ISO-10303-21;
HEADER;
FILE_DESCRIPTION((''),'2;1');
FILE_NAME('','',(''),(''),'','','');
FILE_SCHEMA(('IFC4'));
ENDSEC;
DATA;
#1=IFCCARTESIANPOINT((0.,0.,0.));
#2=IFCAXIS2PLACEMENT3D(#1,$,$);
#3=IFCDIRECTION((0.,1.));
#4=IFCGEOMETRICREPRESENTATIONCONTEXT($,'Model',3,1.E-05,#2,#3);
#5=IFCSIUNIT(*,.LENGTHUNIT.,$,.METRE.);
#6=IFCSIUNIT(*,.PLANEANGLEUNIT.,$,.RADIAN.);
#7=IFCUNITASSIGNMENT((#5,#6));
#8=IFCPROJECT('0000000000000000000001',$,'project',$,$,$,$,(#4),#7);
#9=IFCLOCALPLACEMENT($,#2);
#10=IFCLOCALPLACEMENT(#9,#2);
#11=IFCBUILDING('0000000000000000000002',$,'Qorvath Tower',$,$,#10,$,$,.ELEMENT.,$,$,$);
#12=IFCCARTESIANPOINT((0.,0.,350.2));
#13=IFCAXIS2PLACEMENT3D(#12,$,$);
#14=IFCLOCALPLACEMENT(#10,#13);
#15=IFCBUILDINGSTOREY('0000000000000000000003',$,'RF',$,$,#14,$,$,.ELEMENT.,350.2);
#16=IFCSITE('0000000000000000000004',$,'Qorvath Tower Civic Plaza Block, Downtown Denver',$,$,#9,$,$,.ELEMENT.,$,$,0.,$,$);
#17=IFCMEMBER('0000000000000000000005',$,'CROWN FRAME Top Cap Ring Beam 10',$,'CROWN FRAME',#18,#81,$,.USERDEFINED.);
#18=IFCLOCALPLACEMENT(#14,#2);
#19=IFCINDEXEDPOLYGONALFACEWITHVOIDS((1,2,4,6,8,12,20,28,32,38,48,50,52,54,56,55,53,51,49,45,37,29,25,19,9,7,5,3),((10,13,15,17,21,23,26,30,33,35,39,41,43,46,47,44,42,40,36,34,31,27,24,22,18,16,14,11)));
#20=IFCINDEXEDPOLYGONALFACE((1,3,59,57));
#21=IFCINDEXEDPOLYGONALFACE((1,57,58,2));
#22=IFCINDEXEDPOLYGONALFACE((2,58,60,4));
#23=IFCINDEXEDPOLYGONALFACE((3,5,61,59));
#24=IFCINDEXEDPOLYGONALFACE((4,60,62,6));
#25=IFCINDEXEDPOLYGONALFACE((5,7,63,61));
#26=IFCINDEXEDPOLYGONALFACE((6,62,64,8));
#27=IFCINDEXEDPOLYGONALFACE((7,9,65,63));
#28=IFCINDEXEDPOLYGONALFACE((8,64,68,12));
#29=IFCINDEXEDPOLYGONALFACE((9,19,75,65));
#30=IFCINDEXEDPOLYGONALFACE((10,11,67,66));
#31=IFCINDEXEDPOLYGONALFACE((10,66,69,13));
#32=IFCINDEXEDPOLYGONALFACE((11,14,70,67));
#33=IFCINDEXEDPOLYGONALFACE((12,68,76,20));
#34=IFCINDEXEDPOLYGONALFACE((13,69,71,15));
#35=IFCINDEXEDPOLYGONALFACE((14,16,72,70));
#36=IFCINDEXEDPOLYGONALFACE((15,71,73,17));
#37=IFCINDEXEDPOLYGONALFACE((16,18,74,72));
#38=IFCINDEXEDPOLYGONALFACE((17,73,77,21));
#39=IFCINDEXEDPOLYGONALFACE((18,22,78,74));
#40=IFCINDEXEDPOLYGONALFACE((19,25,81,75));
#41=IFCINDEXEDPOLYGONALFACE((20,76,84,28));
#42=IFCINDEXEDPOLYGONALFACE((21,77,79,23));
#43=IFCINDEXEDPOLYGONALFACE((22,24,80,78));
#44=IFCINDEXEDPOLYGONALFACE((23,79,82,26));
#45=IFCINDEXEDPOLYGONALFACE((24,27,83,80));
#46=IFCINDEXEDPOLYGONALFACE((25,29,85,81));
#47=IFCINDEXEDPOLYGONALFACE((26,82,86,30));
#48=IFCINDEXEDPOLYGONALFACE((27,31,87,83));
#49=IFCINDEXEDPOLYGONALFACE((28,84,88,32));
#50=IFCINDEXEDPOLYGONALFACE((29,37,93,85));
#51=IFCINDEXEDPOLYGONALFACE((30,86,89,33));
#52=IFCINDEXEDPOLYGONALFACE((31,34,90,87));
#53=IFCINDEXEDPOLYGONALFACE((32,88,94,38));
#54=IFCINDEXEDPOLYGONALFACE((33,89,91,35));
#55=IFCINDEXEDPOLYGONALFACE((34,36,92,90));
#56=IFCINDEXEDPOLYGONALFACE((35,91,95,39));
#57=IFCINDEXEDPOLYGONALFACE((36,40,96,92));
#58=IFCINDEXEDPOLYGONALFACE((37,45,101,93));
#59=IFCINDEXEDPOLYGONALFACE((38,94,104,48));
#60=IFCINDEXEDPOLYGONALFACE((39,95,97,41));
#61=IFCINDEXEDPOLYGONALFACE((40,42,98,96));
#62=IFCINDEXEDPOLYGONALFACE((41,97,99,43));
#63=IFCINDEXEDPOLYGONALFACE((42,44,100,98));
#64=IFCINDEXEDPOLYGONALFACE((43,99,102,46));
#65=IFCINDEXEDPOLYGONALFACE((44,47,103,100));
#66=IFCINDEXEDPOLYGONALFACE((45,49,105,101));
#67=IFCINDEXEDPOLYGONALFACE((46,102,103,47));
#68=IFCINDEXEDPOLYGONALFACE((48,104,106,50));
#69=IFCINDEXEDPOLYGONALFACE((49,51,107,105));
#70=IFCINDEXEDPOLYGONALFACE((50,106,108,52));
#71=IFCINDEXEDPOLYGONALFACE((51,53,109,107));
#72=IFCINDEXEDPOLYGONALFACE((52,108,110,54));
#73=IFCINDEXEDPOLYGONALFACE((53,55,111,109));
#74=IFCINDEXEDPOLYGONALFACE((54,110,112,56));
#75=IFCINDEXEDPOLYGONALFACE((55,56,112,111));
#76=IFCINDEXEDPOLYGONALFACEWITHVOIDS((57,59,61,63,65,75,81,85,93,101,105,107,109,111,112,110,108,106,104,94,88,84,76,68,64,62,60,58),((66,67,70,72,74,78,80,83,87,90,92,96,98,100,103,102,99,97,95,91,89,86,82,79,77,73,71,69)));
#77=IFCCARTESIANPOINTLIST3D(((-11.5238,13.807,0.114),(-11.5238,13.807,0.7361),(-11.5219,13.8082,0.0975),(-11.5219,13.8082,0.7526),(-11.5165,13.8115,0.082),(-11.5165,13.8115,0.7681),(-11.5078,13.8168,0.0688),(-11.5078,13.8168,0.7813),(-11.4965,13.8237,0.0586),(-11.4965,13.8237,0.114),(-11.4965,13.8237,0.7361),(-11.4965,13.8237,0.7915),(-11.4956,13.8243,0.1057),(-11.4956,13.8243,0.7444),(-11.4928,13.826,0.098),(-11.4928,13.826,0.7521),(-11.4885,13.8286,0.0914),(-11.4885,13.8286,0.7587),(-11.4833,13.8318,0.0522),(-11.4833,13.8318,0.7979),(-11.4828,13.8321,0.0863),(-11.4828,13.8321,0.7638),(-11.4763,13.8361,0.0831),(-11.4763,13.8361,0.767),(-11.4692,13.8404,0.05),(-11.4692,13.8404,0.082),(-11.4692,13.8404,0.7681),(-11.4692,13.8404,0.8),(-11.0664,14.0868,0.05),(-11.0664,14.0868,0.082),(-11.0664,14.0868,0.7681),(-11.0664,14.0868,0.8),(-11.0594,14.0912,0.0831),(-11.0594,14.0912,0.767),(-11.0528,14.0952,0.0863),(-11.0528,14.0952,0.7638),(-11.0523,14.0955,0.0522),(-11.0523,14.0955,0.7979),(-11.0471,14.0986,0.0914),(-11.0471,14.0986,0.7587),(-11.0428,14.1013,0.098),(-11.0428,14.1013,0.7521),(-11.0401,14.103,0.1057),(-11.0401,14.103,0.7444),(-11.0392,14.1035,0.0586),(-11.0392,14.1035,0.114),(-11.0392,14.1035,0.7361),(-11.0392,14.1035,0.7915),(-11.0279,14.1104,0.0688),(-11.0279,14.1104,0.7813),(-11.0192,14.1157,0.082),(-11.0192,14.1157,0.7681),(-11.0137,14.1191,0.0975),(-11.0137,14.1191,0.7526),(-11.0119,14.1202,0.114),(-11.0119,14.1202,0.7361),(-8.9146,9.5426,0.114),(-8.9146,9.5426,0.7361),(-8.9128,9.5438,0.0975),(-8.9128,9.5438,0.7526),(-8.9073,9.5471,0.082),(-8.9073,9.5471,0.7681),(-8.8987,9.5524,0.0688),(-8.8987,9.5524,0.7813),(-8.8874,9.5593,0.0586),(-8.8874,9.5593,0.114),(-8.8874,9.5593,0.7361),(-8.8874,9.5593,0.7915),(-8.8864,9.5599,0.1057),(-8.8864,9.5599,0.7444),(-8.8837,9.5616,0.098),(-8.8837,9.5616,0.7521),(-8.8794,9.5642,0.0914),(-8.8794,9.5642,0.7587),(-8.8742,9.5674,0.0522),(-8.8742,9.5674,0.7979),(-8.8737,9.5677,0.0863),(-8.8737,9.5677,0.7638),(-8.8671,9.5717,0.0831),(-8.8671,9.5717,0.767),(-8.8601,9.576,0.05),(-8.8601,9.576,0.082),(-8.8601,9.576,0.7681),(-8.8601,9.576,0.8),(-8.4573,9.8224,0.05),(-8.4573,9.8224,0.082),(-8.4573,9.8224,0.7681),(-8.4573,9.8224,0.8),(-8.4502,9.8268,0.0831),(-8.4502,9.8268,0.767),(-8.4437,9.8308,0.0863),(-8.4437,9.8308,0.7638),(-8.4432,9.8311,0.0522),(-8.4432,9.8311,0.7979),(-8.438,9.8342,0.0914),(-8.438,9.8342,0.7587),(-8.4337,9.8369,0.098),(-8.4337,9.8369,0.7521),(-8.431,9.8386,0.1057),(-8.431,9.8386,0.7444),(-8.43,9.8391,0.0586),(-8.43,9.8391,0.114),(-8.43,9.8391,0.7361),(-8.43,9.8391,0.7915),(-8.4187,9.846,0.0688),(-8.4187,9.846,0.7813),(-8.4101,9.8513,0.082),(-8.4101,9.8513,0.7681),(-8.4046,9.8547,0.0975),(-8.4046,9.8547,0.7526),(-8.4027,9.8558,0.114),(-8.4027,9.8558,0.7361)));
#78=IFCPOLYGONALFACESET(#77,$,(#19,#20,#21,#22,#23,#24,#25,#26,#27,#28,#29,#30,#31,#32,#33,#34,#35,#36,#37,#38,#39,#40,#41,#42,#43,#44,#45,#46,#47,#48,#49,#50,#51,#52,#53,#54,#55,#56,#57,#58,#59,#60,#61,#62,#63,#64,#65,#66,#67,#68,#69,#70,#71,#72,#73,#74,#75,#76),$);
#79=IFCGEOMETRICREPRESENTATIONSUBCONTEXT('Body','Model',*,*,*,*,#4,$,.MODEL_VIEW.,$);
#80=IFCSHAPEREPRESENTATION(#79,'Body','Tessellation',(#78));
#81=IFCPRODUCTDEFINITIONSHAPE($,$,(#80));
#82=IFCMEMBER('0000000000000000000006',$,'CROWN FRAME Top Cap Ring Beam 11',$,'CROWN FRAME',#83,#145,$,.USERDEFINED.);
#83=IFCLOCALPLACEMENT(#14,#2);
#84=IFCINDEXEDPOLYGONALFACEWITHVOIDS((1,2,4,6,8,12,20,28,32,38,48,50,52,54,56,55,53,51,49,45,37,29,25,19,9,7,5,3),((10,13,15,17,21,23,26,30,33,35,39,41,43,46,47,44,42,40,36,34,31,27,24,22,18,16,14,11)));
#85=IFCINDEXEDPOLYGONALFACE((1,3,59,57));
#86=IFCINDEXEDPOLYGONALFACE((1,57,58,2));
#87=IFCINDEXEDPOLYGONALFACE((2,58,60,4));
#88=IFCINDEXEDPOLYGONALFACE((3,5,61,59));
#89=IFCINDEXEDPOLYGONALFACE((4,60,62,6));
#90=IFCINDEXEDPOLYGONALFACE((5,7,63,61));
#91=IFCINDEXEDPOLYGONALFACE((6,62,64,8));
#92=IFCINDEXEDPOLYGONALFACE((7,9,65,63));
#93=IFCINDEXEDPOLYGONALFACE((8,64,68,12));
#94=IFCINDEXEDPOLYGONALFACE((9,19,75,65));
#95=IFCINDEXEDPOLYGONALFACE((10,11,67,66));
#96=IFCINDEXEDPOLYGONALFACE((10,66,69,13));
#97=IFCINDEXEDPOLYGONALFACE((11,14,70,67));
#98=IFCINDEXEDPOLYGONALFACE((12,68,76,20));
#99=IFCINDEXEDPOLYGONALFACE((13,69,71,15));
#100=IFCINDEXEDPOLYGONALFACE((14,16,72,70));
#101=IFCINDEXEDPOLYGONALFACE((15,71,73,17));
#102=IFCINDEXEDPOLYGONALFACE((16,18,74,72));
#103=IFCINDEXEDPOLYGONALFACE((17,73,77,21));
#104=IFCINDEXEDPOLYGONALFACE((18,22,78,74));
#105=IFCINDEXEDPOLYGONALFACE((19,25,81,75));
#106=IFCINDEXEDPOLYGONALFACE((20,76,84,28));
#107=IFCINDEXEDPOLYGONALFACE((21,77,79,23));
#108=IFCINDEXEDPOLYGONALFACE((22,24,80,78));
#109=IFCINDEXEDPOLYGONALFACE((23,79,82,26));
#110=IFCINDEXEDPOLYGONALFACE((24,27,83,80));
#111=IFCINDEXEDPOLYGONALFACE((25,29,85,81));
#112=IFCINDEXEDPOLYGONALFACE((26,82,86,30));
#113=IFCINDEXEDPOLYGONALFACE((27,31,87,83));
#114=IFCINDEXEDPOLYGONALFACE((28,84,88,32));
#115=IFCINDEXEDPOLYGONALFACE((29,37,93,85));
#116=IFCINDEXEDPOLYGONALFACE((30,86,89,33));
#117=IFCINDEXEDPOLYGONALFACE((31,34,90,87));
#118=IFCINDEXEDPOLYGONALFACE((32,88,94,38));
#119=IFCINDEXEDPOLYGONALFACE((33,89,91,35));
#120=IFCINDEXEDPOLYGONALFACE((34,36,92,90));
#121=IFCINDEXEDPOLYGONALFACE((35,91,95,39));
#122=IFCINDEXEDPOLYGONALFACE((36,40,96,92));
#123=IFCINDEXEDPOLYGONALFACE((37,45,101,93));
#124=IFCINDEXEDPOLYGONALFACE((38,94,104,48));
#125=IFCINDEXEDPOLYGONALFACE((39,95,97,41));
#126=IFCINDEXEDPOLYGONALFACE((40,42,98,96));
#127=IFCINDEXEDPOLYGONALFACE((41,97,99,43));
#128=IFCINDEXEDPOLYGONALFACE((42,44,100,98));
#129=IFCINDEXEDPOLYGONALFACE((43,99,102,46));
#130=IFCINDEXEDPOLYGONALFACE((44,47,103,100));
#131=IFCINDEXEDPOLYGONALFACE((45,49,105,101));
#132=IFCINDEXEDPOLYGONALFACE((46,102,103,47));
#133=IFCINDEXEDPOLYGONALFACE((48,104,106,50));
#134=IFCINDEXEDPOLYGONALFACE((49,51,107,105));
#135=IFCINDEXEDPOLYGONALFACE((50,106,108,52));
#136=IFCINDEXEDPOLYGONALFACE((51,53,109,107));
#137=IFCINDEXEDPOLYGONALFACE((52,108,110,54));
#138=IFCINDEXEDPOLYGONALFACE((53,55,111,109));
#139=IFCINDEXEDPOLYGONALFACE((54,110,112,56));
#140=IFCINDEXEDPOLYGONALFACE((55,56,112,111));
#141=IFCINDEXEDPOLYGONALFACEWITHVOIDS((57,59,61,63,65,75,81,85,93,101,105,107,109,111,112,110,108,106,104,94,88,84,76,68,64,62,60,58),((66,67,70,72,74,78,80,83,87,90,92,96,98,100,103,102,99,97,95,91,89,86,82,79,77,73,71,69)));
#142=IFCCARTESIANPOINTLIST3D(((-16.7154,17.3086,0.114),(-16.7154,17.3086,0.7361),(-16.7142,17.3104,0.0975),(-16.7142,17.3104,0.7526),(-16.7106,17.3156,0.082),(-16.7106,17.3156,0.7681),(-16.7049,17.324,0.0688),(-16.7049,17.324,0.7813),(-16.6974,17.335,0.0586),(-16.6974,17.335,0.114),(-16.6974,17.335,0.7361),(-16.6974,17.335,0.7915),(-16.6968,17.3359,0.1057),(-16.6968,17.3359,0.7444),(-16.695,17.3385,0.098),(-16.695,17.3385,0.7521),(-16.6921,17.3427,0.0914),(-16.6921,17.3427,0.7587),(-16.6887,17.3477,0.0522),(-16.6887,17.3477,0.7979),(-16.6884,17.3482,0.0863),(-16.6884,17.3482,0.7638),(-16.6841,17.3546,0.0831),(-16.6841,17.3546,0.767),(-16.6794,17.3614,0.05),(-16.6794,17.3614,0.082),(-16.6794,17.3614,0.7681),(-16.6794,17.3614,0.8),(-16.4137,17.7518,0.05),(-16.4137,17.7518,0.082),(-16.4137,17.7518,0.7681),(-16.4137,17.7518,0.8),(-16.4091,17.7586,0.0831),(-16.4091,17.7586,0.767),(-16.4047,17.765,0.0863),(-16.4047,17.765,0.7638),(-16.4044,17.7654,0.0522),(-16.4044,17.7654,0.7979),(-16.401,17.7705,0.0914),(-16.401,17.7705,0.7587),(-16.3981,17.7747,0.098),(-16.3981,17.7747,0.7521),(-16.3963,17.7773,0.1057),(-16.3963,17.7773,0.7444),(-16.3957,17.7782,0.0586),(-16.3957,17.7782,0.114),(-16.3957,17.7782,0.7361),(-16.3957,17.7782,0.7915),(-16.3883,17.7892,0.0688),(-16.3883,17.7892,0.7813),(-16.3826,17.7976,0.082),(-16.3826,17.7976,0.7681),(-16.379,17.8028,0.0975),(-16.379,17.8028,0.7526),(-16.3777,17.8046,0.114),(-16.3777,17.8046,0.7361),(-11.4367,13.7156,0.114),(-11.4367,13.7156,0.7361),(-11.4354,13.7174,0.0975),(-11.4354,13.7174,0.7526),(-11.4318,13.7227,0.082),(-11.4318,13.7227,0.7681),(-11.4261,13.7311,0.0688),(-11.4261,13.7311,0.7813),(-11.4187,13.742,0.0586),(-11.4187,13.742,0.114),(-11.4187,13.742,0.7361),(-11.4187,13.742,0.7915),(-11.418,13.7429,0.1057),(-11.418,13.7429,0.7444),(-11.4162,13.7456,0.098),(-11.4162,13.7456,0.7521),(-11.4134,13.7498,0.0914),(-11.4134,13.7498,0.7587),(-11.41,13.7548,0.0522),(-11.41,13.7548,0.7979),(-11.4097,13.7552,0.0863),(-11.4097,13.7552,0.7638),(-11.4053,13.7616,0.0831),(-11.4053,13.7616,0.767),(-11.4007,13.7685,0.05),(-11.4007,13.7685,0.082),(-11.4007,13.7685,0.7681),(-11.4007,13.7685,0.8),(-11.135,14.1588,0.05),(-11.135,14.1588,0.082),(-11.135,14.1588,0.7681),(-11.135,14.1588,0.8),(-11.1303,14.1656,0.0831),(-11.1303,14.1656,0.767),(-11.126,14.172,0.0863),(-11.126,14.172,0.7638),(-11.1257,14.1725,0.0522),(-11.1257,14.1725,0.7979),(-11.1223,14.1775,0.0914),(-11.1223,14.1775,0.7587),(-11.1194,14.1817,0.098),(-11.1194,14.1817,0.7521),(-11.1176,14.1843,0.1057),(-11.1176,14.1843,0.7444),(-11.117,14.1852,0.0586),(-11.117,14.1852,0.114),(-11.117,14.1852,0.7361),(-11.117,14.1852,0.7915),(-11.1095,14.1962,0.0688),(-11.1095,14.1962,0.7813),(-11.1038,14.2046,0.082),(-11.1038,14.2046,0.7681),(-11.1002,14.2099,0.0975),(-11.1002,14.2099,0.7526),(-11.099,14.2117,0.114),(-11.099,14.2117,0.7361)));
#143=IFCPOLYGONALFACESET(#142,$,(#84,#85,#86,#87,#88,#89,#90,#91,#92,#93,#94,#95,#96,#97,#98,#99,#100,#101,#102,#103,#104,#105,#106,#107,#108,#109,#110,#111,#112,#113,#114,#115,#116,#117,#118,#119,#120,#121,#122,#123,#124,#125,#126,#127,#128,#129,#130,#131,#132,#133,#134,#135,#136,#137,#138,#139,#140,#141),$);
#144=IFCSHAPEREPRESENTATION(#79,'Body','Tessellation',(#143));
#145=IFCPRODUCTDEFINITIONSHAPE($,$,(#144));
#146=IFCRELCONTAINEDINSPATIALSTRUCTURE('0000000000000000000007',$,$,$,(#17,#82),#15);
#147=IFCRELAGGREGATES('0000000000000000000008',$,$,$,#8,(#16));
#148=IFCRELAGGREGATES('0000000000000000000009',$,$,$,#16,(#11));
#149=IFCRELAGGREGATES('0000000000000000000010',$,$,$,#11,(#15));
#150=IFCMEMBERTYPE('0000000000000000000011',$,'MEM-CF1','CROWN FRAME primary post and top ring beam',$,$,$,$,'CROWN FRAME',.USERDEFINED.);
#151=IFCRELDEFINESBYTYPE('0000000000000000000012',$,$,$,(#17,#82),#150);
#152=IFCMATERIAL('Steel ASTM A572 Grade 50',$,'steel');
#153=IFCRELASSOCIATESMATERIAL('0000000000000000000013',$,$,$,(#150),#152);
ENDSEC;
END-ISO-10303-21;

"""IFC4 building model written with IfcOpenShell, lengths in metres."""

from ifc_helpers import new_model, si_unit, direction, frame, origin, origin_2d, place, context, subcontext, project, spatial, hollow_rectangle, extrude, material, material_profile, profile_set, type_object, element, save


model = new_model("IFC4")

# Units and contexts
model_context = context("Model", 3, precision=1e-05, world=origin(), true_north=direction((0.0, 1.0)))
body_context = subcontext(model_context, "Body", "Model", "MODEL_VIEW")
ifc_project = project(units=[si_unit("LENGTHUNIT", "METRE"), si_unit("PLANEANGLEUNIT", "RADIAN")], contexts=[model_context])

# Site, building, storey
site_placement = place(None, origin())
site = spatial("IfcSite", under=ifc_project, at=site_placement, Name="Qorvath Tower Civic Plaza Block, Downtown Denver", CompositionType="ELEMENT", RefElevation=0.0)
building_placement = place(site_placement, origin())
building = spatial("IfcBuilding", under=site, at=building_placement, Name="Qorvath Tower", CompositionType="ELEMENT")
storey_placement = place(building_placement, frame((0.0, 0.0, 350.2)))
storey = spatial("IfcBuildingStorey", under=building, at=storey_placement, Name="RF", CompositionType="ELEMENT", Elevation=350.2)

# Members
ifc_material_1 = material(Name="Steel ASTM A572 Grade 50", Category="steel")
ifc_material_profile_1 = material_profile(ifc_material_1, hollow_rectangle(XDim=0.6001, YDim=0.75, WallThickness=0.032, InnerFilletRadius=0.032, OuterFilletRadius=0.064, at=origin_2d()), Name="CROWN BOX 750x600x32")
ifc_profile_set_1 = profile_set([ifc_material_profile_1], Name="Steel ASTM A572 Grade 50")
member_type_1 = type_object("IfcMemberType", Name="MEM-CF1", Description="CROWN FRAME primary post and top ring beam", ElementType="CROWN FRAME", PredefinedType="USERDEFINED", material=ifc_profile_set_1)
member_1_placement = place(storey_placement, frame((-8.6587, 9.6992, 0.425), z_axis=(-0.521902, 0.853005, 0.0), x_axis=(-0.853005, -0.521902, 0.0)))
element("IfcMember", 1, at=member_1_placement, inside=storey, type_object=member_type_1, Name="CROWN FRAME Top Cap Ring Beam 10", ObjectType="CROWN FRAME", PredefinedType="USERDEFINED", context=body_context, shape_type="SweptSolid", body=[
    extrude(hollow_rectangle(XDim=0.6001, YDim=0.75, WallThickness=0.032, InnerFilletRadius=0.032, OuterFilletRadius=0.064, at=origin_2d()), origin(), (0.0, 0.0, 1.0), 4.9993),
])
member_2_placement = place(storey_placement, frame((-11.2678, 13.9636, 0.425), z_axis=(-0.826677, 0.562677, 0.0), x_axis=(-0.562677, -0.826677, 0.0)))
element("IfcMember", 2, at=member_2_placement, inside=storey, type_object=member_type_1, Name="CROWN FRAME Top Cap Ring Beam 11", ObjectType="CROWN FRAME", PredefinedType="USERDEFINED", context=body_context, shape_type="SweptSolid", body=[
    extrude(hollow_rectangle(XDim=0.6001, YDim=0.75, WallThickness=0.032, InnerFilletRadius=0.032, OuterFilletRadius=0.064, at=origin_2d()), origin(), (0.0, 0.0, 1.0), 6.3855),
])

save(model, "model.ifc")
